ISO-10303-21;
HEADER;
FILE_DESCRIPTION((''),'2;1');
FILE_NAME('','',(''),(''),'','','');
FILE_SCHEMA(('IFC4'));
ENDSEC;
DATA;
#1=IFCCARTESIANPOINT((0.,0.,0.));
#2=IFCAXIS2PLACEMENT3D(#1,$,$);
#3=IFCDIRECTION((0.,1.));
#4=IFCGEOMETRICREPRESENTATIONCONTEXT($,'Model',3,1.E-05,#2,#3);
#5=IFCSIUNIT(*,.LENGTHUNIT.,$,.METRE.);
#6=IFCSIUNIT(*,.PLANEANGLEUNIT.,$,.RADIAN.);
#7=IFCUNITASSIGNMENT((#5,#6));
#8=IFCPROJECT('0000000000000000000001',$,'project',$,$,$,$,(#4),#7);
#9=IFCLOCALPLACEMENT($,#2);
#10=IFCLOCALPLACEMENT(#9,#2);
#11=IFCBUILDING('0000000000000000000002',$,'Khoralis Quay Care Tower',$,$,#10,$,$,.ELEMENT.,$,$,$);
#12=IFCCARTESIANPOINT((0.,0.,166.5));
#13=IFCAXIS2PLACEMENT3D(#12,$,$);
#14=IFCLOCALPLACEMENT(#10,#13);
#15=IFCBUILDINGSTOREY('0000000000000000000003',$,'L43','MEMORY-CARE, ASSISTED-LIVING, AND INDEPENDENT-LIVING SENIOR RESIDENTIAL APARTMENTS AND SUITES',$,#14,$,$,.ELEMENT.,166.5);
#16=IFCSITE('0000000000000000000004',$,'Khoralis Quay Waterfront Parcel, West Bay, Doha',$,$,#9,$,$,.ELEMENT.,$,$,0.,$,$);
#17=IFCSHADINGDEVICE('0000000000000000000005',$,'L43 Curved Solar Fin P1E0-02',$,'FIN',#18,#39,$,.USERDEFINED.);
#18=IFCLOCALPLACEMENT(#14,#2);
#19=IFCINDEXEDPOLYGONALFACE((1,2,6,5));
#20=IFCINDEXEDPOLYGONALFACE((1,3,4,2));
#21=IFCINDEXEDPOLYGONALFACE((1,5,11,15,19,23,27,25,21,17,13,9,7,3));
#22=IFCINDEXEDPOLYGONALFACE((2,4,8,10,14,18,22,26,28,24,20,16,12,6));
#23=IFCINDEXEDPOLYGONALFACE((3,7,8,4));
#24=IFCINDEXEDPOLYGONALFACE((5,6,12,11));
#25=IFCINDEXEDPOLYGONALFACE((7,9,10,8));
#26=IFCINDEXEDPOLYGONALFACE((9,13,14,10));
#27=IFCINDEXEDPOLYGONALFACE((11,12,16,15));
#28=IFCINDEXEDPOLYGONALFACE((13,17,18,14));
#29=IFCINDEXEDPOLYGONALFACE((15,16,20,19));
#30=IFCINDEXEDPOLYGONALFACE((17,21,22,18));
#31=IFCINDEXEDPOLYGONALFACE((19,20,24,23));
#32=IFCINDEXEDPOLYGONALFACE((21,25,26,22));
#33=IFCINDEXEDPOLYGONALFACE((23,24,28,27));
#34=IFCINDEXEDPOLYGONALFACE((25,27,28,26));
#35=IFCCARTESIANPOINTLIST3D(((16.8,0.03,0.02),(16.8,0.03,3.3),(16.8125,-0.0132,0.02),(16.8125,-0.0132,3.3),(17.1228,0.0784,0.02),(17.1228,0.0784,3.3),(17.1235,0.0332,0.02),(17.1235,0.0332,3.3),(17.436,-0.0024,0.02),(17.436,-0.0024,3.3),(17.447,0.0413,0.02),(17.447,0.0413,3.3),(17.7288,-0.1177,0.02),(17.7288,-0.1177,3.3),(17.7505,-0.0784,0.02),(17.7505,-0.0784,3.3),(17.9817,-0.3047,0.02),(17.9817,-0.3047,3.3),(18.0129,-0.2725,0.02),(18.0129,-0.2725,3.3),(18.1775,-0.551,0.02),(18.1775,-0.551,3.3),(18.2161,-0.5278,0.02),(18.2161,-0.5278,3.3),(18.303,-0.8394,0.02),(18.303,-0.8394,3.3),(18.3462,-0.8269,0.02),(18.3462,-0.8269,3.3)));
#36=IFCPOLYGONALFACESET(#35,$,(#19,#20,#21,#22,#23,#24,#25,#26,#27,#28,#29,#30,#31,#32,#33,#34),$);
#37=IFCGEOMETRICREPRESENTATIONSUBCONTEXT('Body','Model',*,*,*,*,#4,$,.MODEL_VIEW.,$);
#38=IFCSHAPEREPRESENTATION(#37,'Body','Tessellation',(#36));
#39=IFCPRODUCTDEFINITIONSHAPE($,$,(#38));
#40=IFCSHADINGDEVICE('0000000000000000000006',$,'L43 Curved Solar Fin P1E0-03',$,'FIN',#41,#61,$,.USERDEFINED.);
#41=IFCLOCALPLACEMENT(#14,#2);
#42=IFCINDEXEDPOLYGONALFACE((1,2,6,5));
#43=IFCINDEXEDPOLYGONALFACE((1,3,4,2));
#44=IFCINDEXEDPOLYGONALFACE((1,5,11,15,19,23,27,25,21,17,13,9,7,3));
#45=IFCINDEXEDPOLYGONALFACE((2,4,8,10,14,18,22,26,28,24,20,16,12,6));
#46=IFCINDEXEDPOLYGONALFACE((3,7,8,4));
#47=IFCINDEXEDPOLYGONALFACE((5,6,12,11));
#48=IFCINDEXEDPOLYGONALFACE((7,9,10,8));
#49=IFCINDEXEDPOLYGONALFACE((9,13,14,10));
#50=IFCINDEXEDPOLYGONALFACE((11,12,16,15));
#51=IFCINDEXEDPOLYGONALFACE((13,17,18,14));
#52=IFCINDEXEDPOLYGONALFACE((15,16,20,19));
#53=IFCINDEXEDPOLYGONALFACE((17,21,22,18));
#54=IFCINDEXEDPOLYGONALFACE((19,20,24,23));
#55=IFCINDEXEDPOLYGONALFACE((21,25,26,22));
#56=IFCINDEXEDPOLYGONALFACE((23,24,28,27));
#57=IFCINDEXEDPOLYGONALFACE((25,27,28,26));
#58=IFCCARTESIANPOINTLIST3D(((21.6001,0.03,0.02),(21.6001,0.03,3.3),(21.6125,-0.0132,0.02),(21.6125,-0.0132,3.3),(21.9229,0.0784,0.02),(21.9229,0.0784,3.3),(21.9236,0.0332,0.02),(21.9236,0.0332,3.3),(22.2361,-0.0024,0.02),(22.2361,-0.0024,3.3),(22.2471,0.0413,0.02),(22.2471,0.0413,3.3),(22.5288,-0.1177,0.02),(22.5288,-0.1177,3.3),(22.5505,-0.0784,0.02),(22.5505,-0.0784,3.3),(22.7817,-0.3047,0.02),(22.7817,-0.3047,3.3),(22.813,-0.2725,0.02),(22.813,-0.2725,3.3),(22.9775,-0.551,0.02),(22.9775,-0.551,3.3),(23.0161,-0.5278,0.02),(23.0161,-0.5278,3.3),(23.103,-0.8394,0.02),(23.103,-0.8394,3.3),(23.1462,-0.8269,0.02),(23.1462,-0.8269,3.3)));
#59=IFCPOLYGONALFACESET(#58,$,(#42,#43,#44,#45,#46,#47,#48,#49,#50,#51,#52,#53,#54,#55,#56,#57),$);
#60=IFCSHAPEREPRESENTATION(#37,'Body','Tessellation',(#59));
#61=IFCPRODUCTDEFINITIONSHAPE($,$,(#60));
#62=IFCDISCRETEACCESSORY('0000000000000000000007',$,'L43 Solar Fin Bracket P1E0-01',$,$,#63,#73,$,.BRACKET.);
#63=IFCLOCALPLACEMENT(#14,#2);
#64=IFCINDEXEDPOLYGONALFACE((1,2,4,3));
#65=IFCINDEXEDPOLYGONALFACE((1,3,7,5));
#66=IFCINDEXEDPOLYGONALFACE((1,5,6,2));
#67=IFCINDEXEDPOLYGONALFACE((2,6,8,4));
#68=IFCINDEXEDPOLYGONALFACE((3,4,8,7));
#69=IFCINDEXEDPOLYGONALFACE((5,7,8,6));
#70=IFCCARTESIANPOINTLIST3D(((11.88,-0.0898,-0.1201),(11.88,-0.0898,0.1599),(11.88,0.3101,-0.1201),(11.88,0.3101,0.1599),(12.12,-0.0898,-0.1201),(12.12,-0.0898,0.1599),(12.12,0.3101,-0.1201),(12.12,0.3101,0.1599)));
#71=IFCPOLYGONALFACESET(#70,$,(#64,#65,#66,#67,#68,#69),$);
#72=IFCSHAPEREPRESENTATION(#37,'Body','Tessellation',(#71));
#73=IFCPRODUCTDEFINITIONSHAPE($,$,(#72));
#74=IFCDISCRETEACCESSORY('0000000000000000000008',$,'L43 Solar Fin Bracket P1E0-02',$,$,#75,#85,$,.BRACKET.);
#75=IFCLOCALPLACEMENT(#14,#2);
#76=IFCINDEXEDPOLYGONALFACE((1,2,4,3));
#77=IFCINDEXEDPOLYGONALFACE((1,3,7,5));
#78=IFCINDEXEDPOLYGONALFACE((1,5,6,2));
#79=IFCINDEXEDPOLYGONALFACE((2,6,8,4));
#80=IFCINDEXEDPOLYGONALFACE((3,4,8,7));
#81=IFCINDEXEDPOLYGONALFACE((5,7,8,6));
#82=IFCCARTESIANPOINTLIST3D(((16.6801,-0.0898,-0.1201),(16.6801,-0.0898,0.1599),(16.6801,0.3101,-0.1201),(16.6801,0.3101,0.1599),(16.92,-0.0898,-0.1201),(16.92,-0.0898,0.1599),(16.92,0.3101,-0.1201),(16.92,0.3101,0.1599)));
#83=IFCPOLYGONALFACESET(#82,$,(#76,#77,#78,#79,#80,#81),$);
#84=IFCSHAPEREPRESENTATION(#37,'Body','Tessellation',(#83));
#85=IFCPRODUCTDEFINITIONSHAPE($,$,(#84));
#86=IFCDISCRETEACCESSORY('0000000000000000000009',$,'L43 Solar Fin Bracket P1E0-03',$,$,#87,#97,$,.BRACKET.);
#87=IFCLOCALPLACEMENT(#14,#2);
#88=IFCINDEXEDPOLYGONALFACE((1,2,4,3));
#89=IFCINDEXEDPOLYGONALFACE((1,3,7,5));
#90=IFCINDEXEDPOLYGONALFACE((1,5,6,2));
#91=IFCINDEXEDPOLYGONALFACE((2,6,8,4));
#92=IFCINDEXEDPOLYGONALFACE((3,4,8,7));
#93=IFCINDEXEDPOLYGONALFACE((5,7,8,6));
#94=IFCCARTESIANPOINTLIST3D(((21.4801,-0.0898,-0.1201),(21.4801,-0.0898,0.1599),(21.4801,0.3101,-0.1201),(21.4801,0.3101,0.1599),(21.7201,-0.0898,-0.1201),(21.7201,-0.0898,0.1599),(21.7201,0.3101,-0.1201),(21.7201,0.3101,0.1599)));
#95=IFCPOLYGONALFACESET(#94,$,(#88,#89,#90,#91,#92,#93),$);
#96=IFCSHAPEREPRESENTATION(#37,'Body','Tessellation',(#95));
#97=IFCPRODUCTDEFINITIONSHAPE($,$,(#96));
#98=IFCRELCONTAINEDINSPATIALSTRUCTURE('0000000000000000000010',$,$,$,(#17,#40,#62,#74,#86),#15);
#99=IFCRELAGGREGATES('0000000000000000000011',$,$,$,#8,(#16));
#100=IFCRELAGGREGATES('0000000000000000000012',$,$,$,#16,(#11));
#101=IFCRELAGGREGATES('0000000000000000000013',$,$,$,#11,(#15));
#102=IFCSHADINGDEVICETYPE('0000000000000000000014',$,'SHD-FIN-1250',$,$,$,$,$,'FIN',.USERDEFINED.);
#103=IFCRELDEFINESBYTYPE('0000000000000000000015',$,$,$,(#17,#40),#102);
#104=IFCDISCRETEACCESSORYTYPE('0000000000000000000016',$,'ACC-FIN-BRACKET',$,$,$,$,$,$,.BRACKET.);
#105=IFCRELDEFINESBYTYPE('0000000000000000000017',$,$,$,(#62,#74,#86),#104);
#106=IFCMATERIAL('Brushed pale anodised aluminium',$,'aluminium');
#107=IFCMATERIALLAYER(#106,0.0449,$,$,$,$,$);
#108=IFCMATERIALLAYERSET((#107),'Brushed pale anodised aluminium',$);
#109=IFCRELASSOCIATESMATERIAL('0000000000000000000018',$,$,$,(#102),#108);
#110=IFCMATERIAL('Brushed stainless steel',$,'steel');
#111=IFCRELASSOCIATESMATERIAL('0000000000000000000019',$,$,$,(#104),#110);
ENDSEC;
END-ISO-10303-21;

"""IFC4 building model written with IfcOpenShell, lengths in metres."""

from ifc_helpers import new_model, si_unit, direction, frame, origin, origin_2d, place, context, subcontext, project, spatial, polyline, rectangle, outline, extrude, source, transform, mapped, material, layer, layer_set, type_object, element, save


model = new_model("IFC4")

# Units and contexts
model_context = context("Model", 3, precision=1e-05, world=origin(), true_north=direction((0.0, 1.0)))
body_context = subcontext(model_context, "Body", "Model", "MODEL_VIEW")
ifc_project = project(units=[si_unit("LENGTHUNIT", "METRE"), si_unit("PLANEANGLEUNIT", "RADIAN")], contexts=[model_context])

# Site, building, storey
site_placement = place(None, origin())
site = spatial("IfcSite", under=ifc_project, at=site_placement, Name="Khoralis Quay Waterfront Parcel, West Bay, Doha", CompositionType="ELEMENT", RefElevation=0.0)
building_placement = place(site_placement, origin())
building = spatial("IfcBuilding", under=site, at=building_placement, Name="Khoralis Quay Care Tower", CompositionType="ELEMENT")
storey_placement = place(building_placement, frame((0.0, 0.0, 166.5)))
storey = spatial("IfcBuildingStorey", under=building, at=storey_placement, Name="L43", Description="MEMORY-CARE, ASSISTED-LIVING, AND INDEPENDENT-LIVING SENIOR RESIDENTIAL APARTMENTS AND SUITES", CompositionType="ELEMENT", Elevation=166.5)

# Shading devices
ifc_material_1 = material(Name="Brushed pale anodised aluminium", Category="aluminium")
ifc_layer_1 = layer(ifc_material_1, 0.0449)
ifc_layer_set_1 = layer_set([ifc_layer_1], Name="Brushed pale anodised aluminium")
shading_device_type = type_object("IfcShadingDeviceType", Name="SHD-FIN-1250", ElementType="FIN", PredefinedType="USERDEFINED", material=ifc_layer_set_1)
shared_shape_1 = source(origin(), body_context, "Body", "SweptSolid", [
    extrude(outline(polyline([(0.0, 0.0), (-0.0483, 0.3228), (-0.0112, 0.647), (0.1084, 0.9504), (0.3025, 1.2129), (0.5579, 1.416), (0.8569, 1.5461), (0.8694, 1.5029), (0.5811, 1.3774), (0.3347, 1.1816), (0.1477, 0.9287), (0.0325, 0.636), (-0.0032, 0.3235), (0.0432, 0.0125), (0.0, 0.0)])), origin(), (0.0, 0.0, 1.0), 3.28),
])
for number, where, z_axis, x_axis, name in (
    (1, (16.8, 0.03, 0.02), (0.0, 0.0, 1.0), (0.0, -1.0, 0.0), "L43 Curved Solar Fin P1E0-02"),
    (2, (21.6001, 0.03, 0.02), (0.0, 0.0, 1.0), (0.0, -1.0, 0.0), "L43 Curved Solar Fin P1E0-03"),
):
    element("IfcShadingDevice", number, at=place(storey_placement, frame(where, z_axis=z_axis, x_axis=x_axis)), inside=storey, type_object=shading_device_type, Name=name, ObjectType="FIN", PredefinedType="USERDEFINED", context=body_context, shape_type="MappedRepresentation", body=[
        mapped(shared_shape_1, transform((0.0, 0.0, 0.0), scale=1.0)),
    ])

# Discrete accessories
ifc_material_2 = material(Name="Brushed stainless steel", Category="steel")
discrete_accessory_type = type_object("IfcDiscreteAccessoryType", Name="ACC-FIN-BRACKET", PredefinedType="BRACKET", material=ifc_material_2)
shared_shape_2 = source(origin(), body_context, "Body", "SweptSolid", [
    extrude(rectangle(XDim=0.3999, YDim=0.24, at=origin_2d()), origin(), (0.0, 0.0, 1.0), 0.28),
])
for number, where, z_axis, x_axis, name in (
    (3, (12.0, 0.1101, -0.1201), (0.0, 0.0, 1.0), (0.0, -1.0, 0.0), "L43 Solar Fin Bracket P1E0-01"),
    (4, (16.8, 0.1101, -0.1201), (0.0, 0.0, 1.0), (0.0, -1.0, 0.0), "L43 Solar Fin Bracket P1E0-02"),
    (5, (21.6001, 0.1101, -0.1201), (0.0, 0.0, 1.0), (0.0, -1.0, 0.0), "L43 Solar Fin Bracket P1E0-03"),
):
    element("IfcDiscreteAccessory", number, at=place(storey_placement, frame(where, z_axis=z_axis, x_axis=x_axis)), inside=storey, type_object=discrete_accessory_type, Name=name, PredefinedType="BRACKET", context=body_context, shape_type="MappedRepresentation", body=[
        mapped(shared_shape_2, transform((0.0, 0.0, 0.0), scale=1.0)),
    ])

save(model, "model.ifc")
